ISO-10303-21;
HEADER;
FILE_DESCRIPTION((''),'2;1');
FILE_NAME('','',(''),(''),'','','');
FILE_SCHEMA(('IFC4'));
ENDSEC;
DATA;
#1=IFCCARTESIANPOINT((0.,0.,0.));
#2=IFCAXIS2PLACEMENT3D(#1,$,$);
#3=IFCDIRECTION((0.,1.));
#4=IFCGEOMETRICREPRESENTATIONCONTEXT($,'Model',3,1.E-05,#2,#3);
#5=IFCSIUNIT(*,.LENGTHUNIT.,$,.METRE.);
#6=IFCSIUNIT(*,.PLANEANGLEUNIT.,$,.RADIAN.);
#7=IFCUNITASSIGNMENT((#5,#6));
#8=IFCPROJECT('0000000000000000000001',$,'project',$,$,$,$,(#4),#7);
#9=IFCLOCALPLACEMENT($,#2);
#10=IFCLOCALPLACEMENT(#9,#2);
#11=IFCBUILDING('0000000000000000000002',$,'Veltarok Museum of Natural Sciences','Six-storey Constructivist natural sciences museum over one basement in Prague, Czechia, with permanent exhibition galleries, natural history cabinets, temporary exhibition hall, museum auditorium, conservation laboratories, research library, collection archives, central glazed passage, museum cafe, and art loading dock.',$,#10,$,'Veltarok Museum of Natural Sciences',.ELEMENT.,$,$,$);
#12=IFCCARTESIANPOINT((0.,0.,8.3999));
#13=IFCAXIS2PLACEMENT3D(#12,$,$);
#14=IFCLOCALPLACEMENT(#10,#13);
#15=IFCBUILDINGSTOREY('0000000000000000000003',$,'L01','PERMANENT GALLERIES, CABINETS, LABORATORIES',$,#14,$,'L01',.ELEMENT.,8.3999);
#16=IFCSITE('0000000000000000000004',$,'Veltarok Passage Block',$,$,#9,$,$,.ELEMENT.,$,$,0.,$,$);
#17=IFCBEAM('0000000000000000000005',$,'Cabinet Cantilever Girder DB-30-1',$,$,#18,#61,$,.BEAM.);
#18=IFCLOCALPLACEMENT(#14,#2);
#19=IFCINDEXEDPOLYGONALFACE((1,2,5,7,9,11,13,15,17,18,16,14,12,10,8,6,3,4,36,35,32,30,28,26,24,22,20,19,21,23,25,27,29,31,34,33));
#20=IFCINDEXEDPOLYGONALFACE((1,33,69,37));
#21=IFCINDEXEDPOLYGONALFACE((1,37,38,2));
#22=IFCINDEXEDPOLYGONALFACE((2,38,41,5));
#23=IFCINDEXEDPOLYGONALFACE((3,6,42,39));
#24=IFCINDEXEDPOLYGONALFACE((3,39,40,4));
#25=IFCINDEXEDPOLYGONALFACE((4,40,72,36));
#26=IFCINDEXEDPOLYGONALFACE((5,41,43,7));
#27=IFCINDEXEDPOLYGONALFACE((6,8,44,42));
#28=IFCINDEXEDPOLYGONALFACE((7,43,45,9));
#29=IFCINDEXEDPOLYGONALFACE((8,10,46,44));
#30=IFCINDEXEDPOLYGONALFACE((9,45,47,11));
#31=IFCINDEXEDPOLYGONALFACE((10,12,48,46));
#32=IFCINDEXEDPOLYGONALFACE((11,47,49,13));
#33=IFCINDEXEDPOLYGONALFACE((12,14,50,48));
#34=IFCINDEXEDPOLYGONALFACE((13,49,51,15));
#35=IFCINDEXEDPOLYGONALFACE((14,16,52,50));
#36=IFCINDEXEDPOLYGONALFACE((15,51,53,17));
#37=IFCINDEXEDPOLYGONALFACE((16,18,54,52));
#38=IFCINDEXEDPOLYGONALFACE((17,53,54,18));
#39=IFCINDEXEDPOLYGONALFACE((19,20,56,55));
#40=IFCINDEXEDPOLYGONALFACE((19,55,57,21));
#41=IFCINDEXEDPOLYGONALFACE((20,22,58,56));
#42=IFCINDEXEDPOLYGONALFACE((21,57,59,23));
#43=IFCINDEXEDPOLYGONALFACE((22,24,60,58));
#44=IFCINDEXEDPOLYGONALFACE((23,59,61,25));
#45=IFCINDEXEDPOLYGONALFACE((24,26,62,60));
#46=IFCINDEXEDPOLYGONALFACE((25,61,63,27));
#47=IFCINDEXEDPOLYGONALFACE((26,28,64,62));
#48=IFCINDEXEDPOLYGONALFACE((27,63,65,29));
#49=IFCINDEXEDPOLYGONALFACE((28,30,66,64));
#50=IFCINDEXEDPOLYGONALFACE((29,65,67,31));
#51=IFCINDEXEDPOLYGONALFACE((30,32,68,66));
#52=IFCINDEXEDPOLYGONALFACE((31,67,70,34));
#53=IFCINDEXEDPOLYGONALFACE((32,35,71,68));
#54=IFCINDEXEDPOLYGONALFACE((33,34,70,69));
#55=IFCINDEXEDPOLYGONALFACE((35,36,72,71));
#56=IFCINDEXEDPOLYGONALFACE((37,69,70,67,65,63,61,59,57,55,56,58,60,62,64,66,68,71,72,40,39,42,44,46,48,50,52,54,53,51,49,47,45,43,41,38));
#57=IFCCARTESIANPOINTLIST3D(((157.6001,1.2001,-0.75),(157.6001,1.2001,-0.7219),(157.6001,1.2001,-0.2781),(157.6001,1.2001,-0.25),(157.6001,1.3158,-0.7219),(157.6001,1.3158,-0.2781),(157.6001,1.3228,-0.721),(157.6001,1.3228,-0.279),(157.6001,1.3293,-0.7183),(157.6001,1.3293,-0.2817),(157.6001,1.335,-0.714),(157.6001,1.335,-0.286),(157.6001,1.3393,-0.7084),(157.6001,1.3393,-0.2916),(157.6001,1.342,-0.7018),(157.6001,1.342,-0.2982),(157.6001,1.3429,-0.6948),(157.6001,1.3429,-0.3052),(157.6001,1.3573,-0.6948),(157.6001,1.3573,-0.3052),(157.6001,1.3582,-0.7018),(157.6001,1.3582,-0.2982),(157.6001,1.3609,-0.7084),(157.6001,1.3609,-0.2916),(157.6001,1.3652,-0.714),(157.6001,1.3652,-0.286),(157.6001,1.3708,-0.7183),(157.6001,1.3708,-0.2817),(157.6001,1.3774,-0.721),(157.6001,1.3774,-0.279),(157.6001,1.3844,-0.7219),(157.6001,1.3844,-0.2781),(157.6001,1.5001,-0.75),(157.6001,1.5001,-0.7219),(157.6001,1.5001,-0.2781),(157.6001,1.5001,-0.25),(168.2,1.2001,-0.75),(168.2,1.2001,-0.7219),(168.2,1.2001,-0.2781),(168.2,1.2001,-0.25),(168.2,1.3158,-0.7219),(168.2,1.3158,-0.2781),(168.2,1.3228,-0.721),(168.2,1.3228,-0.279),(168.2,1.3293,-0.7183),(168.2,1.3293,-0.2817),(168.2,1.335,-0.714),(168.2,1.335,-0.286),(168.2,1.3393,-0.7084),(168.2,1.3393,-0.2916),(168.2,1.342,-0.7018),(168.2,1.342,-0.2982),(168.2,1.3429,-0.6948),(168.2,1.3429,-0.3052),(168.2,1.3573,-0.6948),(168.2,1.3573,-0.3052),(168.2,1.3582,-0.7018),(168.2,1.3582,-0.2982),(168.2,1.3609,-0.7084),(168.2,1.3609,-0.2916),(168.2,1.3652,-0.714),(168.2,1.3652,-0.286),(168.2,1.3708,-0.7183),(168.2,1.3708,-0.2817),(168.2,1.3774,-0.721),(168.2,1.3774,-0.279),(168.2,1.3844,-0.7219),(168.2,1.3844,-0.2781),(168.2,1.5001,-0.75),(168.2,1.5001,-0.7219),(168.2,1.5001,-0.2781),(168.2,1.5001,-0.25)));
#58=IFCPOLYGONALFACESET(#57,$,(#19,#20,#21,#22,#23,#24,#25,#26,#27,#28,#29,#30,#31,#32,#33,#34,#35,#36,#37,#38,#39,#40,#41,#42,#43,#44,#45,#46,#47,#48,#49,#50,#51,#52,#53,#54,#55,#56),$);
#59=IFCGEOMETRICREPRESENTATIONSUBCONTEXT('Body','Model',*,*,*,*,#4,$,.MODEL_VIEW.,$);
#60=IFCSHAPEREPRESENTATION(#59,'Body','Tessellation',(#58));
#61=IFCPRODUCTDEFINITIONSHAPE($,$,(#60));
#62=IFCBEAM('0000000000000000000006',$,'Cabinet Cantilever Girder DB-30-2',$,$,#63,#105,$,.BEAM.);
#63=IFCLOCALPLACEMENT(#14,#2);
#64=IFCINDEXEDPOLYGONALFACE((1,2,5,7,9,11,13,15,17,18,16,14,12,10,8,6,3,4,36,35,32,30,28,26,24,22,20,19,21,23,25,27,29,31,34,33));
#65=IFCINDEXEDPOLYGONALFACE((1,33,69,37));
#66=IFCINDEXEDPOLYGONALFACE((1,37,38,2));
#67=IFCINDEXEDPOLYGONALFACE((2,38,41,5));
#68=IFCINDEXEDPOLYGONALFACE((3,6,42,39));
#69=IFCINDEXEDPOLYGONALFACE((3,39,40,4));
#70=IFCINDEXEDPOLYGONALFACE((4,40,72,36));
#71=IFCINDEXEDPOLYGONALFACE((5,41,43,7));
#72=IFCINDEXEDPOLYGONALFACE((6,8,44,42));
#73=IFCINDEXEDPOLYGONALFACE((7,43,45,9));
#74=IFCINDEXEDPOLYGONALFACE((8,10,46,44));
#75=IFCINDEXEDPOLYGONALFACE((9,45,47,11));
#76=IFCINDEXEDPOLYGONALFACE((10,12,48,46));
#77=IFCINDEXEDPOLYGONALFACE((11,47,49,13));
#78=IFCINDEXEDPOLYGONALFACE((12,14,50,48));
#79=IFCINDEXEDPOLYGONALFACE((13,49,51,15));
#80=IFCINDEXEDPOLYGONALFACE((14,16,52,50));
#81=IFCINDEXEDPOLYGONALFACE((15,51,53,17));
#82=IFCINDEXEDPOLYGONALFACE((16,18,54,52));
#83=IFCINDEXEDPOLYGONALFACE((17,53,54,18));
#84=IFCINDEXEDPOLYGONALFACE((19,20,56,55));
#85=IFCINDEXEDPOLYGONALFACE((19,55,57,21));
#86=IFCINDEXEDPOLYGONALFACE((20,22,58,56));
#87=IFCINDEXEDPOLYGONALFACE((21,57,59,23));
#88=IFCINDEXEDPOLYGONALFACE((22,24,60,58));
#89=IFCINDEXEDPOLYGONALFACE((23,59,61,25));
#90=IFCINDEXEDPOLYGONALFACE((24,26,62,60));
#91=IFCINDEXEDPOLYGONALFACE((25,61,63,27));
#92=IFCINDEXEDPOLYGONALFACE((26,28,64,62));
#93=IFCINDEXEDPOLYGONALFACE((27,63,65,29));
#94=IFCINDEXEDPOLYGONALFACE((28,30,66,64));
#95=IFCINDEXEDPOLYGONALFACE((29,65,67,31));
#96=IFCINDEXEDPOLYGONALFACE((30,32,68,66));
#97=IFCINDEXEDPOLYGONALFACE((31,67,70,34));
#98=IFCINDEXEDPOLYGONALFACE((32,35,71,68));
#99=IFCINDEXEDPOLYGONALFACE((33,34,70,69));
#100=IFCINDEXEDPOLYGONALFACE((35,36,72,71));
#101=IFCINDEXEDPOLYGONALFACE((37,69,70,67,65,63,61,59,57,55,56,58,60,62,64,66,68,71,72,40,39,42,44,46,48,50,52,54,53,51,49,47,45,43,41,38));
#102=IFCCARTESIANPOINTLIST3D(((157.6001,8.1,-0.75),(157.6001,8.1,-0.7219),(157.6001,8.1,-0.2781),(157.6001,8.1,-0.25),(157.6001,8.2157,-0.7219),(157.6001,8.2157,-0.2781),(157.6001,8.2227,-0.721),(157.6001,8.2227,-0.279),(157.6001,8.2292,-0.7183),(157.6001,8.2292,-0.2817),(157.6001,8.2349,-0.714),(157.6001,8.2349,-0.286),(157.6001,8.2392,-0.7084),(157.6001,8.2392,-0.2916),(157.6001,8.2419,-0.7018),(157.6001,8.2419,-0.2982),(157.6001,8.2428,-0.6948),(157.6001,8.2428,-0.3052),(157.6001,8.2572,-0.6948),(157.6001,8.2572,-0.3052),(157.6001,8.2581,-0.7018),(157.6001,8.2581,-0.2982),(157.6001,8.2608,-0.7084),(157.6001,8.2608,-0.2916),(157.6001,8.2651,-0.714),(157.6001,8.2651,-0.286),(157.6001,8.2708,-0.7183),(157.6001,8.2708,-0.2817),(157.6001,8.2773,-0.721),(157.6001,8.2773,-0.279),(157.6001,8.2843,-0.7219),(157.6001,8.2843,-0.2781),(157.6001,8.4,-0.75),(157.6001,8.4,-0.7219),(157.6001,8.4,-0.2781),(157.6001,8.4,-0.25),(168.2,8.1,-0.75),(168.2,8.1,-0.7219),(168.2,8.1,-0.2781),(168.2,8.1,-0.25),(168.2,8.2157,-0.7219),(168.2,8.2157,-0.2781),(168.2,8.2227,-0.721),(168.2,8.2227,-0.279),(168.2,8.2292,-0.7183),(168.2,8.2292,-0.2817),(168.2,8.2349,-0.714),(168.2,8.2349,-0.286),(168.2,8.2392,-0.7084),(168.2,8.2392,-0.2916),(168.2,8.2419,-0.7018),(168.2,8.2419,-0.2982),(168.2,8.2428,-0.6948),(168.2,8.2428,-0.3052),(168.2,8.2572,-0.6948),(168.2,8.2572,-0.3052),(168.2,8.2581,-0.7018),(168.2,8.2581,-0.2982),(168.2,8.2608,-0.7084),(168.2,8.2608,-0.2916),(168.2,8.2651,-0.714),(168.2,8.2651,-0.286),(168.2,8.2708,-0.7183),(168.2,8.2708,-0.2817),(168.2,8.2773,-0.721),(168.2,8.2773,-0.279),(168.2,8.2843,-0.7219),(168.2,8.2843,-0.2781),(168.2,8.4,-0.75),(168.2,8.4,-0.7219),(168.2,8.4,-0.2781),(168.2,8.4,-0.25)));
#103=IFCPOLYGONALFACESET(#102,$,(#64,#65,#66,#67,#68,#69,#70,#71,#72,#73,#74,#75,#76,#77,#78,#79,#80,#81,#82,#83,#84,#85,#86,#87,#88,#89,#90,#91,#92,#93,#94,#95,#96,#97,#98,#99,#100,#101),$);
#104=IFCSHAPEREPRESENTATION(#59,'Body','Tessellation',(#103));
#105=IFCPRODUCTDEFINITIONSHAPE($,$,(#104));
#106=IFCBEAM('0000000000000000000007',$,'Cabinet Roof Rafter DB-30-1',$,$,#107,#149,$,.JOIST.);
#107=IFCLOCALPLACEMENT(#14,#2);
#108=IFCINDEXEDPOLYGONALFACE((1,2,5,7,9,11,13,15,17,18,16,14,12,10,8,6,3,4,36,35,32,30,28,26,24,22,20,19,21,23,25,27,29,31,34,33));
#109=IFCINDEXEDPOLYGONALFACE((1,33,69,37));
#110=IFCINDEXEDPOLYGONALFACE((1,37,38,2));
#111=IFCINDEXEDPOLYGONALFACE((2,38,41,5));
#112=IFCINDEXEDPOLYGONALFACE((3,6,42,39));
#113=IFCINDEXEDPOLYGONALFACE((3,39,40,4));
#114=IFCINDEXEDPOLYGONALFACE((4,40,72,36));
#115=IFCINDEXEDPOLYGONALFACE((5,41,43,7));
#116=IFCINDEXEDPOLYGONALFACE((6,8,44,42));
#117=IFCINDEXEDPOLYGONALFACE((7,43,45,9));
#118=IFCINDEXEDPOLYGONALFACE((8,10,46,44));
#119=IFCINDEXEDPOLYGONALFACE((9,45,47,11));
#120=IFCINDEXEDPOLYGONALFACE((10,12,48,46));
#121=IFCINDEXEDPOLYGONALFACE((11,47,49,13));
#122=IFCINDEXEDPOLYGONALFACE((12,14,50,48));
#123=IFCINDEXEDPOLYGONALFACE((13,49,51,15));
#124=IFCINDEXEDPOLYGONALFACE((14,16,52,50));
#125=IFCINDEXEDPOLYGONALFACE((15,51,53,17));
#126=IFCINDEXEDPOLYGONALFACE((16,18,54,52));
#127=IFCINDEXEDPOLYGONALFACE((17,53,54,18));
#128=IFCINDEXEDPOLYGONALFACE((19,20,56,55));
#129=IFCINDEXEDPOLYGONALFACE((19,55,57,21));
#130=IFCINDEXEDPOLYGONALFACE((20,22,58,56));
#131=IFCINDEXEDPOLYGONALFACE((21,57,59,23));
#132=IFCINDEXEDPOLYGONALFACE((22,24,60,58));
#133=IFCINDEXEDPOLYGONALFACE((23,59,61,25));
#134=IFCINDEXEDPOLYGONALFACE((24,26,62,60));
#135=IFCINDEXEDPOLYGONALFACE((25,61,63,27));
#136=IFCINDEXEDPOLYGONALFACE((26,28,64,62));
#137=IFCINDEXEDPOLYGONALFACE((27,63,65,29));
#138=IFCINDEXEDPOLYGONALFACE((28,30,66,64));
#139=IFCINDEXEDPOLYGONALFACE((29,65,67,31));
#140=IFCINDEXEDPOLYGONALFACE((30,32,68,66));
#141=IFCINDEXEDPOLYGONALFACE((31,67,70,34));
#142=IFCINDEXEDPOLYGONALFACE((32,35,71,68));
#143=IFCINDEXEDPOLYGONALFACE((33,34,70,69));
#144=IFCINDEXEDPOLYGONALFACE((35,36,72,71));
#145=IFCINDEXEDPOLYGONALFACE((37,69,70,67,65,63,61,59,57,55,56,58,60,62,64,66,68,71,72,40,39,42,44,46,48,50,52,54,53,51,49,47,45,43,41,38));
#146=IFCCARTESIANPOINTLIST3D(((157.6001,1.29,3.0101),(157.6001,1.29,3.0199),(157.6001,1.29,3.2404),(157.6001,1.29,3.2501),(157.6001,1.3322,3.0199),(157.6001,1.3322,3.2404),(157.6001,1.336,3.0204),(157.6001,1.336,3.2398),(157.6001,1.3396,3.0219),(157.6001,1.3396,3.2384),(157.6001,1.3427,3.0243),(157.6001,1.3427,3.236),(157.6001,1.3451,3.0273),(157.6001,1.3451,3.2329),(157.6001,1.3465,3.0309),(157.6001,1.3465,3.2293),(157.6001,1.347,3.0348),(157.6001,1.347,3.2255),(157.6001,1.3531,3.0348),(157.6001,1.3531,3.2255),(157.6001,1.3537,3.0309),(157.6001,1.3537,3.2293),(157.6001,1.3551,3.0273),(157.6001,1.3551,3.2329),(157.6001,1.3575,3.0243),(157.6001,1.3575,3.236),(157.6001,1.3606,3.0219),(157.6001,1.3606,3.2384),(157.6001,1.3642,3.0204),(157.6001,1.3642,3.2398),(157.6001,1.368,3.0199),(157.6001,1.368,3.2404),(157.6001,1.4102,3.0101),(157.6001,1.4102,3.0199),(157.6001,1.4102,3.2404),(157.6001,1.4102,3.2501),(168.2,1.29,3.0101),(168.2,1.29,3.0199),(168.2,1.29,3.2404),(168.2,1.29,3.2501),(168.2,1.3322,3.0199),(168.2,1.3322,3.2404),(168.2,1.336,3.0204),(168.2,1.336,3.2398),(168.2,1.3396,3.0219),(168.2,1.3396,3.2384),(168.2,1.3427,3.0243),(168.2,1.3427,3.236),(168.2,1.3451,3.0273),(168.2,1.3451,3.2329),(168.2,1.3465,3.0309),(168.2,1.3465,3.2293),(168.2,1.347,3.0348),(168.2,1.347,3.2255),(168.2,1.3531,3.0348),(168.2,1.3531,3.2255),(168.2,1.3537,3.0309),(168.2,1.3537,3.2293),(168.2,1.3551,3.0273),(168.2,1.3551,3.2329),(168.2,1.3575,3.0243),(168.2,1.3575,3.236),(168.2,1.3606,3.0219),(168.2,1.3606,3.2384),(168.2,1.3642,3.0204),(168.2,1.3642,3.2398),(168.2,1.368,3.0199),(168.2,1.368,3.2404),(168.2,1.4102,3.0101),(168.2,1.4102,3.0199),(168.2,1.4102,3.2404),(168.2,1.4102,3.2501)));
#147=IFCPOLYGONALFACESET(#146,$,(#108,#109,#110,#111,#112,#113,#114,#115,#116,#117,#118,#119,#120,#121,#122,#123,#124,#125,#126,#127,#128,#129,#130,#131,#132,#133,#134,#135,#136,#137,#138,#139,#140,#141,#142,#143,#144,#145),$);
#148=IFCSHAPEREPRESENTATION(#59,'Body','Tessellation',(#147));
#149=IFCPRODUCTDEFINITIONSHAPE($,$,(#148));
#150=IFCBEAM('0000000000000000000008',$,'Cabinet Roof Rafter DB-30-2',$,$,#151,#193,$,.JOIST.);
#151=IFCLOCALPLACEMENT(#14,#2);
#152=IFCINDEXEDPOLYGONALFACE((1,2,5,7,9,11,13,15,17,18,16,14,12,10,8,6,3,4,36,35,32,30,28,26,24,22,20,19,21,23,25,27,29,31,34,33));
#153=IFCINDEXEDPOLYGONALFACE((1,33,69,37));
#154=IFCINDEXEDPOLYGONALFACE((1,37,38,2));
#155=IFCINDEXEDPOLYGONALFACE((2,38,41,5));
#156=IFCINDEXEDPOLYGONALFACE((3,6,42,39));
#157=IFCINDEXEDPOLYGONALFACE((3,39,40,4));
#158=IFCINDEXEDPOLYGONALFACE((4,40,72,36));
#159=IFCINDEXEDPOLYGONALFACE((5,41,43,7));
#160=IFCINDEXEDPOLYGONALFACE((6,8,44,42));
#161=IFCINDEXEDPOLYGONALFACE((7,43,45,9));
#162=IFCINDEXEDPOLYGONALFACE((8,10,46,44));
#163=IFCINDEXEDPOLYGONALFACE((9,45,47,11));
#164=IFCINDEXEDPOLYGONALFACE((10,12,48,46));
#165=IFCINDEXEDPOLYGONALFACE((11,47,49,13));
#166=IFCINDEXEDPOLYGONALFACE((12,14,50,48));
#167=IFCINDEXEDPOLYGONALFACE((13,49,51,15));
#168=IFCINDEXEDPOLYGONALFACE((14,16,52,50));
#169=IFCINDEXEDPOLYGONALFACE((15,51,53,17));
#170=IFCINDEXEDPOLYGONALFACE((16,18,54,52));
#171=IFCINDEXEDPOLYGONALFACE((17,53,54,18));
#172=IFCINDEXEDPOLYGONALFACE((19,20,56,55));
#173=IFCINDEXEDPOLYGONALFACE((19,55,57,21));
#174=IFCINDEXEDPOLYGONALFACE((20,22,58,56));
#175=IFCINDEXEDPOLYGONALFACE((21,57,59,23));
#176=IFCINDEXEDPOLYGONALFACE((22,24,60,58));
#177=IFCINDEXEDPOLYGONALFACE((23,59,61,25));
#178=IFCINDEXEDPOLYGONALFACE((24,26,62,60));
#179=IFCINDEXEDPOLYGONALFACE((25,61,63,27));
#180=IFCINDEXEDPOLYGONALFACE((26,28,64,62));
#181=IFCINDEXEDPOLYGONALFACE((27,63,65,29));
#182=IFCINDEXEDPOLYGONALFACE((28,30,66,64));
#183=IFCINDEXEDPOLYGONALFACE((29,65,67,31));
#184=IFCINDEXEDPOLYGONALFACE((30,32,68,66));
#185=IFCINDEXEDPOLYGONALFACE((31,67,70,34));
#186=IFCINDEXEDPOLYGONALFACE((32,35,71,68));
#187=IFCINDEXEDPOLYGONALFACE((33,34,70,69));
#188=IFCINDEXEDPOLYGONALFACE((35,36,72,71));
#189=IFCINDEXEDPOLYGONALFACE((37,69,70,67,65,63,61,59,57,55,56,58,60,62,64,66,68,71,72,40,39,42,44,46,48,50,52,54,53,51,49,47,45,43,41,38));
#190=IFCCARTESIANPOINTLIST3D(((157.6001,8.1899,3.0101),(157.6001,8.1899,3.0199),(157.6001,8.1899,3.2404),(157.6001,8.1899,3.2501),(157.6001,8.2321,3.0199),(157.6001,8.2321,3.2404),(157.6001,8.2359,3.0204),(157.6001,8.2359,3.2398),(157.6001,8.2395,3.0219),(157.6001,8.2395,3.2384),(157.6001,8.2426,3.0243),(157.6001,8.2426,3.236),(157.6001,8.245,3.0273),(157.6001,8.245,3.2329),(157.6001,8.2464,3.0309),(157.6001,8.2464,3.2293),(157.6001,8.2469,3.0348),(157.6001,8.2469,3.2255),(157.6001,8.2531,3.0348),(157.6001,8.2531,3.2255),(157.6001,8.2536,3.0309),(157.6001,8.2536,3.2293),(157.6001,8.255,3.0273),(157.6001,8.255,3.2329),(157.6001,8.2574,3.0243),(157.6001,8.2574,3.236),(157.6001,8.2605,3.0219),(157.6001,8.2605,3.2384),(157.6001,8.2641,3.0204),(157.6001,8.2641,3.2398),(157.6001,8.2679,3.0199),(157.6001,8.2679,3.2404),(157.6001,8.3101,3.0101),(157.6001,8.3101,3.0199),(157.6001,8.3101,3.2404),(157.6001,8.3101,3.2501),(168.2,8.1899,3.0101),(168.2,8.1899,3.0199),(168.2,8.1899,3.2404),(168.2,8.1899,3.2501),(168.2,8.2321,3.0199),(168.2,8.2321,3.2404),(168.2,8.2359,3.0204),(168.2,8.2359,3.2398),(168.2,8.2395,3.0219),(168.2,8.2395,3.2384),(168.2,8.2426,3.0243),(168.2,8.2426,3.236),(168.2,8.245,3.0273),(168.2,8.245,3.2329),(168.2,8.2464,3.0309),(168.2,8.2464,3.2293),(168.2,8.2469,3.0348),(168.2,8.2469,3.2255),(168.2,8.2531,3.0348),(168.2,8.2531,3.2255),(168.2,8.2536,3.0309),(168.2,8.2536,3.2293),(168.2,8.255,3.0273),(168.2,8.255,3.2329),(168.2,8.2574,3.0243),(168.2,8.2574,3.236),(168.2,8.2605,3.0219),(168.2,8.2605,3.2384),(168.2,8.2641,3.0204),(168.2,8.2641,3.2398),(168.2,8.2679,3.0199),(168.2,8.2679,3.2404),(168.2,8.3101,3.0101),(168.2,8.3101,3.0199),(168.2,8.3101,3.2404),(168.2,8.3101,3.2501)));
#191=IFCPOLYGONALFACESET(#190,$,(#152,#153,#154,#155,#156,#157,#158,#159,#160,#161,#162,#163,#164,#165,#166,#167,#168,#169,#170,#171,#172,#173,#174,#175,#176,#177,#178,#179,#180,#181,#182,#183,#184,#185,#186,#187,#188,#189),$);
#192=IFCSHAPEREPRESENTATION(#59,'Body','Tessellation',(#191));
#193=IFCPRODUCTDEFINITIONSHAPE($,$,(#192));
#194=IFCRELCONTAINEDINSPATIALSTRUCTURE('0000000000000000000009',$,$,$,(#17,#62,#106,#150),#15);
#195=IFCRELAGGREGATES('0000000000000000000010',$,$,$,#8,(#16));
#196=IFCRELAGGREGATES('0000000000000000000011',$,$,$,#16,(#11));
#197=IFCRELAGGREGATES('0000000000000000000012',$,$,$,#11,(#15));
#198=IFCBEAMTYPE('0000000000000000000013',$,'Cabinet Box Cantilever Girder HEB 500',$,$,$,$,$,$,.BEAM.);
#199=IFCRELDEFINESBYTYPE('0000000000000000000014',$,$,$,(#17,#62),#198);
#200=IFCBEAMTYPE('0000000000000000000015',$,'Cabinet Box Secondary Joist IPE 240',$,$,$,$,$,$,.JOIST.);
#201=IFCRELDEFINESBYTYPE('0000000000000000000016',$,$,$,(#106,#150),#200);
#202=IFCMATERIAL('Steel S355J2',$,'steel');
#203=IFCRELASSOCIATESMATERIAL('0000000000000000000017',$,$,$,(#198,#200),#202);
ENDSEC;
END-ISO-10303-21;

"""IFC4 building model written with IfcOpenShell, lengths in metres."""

from ifc_helpers import new_model, si_unit, direction, frame, origin, origin_2d, place, context, subcontext, project, spatial, i_section, extrude, material, material_profile, profile_set, type_object, element, save


model = new_model("IFC4")

# Units and contexts
model_context = context("Model", 3, precision=1e-05, world=origin(), true_north=direction((0.0, 1.0)))
body_context = subcontext(model_context, "Body", "Model", "MODEL_VIEW")
ifc_project = project(units=[si_unit("LENGTHUNIT", "METRE"), si_unit("PLANEANGLEUNIT", "RADIAN")], contexts=[model_context])

# Site, building, storey
site_placement = place(None, origin())
site = spatial("IfcSite", under=ifc_project, at=site_placement, Name="Veltarok Passage Block", CompositionType="ELEMENT", RefElevation=0.0)
building_placement = place(site_placement, origin())
building = spatial("IfcBuilding", under=site, at=building_placement, Name="Veltarok Museum of Natural Sciences", Description="Six-storey Constructivist natural sciences museum over one basement in Prague, Czechia, with permanent exhibition galleries, natural history cabinets, temporary exhibition hall, museum auditorium, conservation laboratories, research library, collection archives, central glazed passage, museum cafe, and art loading dock.", LongName="Veltarok Museum of Natural Sciences", CompositionType="ELEMENT")
storey_placement = place(building_placement, frame((0.0, 0.0, 8.3999)))
storey = spatial("IfcBuildingStorey", under=building, at=storey_placement, Name="L01", Description="PERMANENT GALLERIES, CABINETS, LABORATORIES", LongName="L01", CompositionType="ELEMENT", Elevation=8.3999)

# Shared definitions
ifc_material_1 = material(Name="Steel S355J2", Category="steel")

# Beams
ifc_material_profile_1 = material_profile(ifc_material_1, i_section(OverallWidth=0.3, OverallDepth=0.5, WebThickness=0.0144, FlangeThickness=0.0281, FilletRadius=0.0271, at=origin_2d()), Name="HEB 500")
ifc_profile_set_1 = profile_set([ifc_material_profile_1], Name="Steel S355J2")
beam_type_1 = type_object("IfcBeamType", Name="Cabinet Box Cantilever Girder HEB 500", PredefinedType="BEAM", material=ifc_profile_set_1)
for number, where, z_axis, x_axis, name in (
    (1, (157.6001, 1.3501, -0.5), (1.0, 0.0, 0.0), (0.0, 1.0, 0.0), "Cabinet Cantilever Girder DB-30-1"),
    (2, (157.6001, 8.25, -0.5), (1.0, 0.0, 0.0), (0.0, 1.0, 0.0), "Cabinet Cantilever Girder DB-30-2"),
):
    element("IfcBeam", number, at=place(storey_placement, frame(where, z_axis=z_axis, x_axis=x_axis)), inside=storey, type_object=beam_type_1, Name=name, PredefinedType="BEAM", context=body_context, shape_type="SweptSolid", body=[
        extrude(i_section(OverallWidth=0.3, OverallDepth=0.5, WebThickness=0.0144, FlangeThickness=0.0281, FilletRadius=0.0271, at=origin_2d()), origin(), (0.0, 0.0, 1.0), 10.5999),
    ])
ifc_material_profile_2 = material_profile(ifc_material_1, i_section(OverallWidth=0.1201, OverallDepth=0.24, WebThickness=0.0061, FlangeThickness=0.0098, FilletRadius=0.0149, at=origin_2d()), Name="IPE 240")
ifc_profile_set_2 = profile_set([ifc_material_profile_2], Name="Steel S355J2")
beam_type_2 = type_object("IfcBeamType", Name="Cabinet Box Secondary Joist IPE 240", PredefinedType="JOIST", material=ifc_profile_set_2)
for number, where, z_axis, x_axis, name in (
    (3, (157.6001, 1.3501, 3.1301), (1.0, 0.0, 0.0), (0.0, 1.0, 0.0), "Cabinet Roof Rafter DB-30-1"),
    (4, (157.6001, 8.25, 3.1301), (1.0, 0.0, 0.0), (0.0, 1.0, 0.0), "Cabinet Roof Rafter DB-30-2"),
):
    element("IfcBeam", number, at=place(storey_placement, frame(where, z_axis=z_axis, x_axis=x_axis)), inside=storey, type_object=beam_type_2, Name=name, PredefinedType="JOIST", context=body_context, shape_type="SweptSolid", body=[
        extrude(i_section(OverallWidth=0.1201, OverallDepth=0.24, WebThickness=0.0061, FlangeThickness=0.0098, FilletRadius=0.0149, at=origin_2d()), origin(), (0.0, 0.0, 1.0), 10.5999),
    ])

save(model, "model.ifc")
